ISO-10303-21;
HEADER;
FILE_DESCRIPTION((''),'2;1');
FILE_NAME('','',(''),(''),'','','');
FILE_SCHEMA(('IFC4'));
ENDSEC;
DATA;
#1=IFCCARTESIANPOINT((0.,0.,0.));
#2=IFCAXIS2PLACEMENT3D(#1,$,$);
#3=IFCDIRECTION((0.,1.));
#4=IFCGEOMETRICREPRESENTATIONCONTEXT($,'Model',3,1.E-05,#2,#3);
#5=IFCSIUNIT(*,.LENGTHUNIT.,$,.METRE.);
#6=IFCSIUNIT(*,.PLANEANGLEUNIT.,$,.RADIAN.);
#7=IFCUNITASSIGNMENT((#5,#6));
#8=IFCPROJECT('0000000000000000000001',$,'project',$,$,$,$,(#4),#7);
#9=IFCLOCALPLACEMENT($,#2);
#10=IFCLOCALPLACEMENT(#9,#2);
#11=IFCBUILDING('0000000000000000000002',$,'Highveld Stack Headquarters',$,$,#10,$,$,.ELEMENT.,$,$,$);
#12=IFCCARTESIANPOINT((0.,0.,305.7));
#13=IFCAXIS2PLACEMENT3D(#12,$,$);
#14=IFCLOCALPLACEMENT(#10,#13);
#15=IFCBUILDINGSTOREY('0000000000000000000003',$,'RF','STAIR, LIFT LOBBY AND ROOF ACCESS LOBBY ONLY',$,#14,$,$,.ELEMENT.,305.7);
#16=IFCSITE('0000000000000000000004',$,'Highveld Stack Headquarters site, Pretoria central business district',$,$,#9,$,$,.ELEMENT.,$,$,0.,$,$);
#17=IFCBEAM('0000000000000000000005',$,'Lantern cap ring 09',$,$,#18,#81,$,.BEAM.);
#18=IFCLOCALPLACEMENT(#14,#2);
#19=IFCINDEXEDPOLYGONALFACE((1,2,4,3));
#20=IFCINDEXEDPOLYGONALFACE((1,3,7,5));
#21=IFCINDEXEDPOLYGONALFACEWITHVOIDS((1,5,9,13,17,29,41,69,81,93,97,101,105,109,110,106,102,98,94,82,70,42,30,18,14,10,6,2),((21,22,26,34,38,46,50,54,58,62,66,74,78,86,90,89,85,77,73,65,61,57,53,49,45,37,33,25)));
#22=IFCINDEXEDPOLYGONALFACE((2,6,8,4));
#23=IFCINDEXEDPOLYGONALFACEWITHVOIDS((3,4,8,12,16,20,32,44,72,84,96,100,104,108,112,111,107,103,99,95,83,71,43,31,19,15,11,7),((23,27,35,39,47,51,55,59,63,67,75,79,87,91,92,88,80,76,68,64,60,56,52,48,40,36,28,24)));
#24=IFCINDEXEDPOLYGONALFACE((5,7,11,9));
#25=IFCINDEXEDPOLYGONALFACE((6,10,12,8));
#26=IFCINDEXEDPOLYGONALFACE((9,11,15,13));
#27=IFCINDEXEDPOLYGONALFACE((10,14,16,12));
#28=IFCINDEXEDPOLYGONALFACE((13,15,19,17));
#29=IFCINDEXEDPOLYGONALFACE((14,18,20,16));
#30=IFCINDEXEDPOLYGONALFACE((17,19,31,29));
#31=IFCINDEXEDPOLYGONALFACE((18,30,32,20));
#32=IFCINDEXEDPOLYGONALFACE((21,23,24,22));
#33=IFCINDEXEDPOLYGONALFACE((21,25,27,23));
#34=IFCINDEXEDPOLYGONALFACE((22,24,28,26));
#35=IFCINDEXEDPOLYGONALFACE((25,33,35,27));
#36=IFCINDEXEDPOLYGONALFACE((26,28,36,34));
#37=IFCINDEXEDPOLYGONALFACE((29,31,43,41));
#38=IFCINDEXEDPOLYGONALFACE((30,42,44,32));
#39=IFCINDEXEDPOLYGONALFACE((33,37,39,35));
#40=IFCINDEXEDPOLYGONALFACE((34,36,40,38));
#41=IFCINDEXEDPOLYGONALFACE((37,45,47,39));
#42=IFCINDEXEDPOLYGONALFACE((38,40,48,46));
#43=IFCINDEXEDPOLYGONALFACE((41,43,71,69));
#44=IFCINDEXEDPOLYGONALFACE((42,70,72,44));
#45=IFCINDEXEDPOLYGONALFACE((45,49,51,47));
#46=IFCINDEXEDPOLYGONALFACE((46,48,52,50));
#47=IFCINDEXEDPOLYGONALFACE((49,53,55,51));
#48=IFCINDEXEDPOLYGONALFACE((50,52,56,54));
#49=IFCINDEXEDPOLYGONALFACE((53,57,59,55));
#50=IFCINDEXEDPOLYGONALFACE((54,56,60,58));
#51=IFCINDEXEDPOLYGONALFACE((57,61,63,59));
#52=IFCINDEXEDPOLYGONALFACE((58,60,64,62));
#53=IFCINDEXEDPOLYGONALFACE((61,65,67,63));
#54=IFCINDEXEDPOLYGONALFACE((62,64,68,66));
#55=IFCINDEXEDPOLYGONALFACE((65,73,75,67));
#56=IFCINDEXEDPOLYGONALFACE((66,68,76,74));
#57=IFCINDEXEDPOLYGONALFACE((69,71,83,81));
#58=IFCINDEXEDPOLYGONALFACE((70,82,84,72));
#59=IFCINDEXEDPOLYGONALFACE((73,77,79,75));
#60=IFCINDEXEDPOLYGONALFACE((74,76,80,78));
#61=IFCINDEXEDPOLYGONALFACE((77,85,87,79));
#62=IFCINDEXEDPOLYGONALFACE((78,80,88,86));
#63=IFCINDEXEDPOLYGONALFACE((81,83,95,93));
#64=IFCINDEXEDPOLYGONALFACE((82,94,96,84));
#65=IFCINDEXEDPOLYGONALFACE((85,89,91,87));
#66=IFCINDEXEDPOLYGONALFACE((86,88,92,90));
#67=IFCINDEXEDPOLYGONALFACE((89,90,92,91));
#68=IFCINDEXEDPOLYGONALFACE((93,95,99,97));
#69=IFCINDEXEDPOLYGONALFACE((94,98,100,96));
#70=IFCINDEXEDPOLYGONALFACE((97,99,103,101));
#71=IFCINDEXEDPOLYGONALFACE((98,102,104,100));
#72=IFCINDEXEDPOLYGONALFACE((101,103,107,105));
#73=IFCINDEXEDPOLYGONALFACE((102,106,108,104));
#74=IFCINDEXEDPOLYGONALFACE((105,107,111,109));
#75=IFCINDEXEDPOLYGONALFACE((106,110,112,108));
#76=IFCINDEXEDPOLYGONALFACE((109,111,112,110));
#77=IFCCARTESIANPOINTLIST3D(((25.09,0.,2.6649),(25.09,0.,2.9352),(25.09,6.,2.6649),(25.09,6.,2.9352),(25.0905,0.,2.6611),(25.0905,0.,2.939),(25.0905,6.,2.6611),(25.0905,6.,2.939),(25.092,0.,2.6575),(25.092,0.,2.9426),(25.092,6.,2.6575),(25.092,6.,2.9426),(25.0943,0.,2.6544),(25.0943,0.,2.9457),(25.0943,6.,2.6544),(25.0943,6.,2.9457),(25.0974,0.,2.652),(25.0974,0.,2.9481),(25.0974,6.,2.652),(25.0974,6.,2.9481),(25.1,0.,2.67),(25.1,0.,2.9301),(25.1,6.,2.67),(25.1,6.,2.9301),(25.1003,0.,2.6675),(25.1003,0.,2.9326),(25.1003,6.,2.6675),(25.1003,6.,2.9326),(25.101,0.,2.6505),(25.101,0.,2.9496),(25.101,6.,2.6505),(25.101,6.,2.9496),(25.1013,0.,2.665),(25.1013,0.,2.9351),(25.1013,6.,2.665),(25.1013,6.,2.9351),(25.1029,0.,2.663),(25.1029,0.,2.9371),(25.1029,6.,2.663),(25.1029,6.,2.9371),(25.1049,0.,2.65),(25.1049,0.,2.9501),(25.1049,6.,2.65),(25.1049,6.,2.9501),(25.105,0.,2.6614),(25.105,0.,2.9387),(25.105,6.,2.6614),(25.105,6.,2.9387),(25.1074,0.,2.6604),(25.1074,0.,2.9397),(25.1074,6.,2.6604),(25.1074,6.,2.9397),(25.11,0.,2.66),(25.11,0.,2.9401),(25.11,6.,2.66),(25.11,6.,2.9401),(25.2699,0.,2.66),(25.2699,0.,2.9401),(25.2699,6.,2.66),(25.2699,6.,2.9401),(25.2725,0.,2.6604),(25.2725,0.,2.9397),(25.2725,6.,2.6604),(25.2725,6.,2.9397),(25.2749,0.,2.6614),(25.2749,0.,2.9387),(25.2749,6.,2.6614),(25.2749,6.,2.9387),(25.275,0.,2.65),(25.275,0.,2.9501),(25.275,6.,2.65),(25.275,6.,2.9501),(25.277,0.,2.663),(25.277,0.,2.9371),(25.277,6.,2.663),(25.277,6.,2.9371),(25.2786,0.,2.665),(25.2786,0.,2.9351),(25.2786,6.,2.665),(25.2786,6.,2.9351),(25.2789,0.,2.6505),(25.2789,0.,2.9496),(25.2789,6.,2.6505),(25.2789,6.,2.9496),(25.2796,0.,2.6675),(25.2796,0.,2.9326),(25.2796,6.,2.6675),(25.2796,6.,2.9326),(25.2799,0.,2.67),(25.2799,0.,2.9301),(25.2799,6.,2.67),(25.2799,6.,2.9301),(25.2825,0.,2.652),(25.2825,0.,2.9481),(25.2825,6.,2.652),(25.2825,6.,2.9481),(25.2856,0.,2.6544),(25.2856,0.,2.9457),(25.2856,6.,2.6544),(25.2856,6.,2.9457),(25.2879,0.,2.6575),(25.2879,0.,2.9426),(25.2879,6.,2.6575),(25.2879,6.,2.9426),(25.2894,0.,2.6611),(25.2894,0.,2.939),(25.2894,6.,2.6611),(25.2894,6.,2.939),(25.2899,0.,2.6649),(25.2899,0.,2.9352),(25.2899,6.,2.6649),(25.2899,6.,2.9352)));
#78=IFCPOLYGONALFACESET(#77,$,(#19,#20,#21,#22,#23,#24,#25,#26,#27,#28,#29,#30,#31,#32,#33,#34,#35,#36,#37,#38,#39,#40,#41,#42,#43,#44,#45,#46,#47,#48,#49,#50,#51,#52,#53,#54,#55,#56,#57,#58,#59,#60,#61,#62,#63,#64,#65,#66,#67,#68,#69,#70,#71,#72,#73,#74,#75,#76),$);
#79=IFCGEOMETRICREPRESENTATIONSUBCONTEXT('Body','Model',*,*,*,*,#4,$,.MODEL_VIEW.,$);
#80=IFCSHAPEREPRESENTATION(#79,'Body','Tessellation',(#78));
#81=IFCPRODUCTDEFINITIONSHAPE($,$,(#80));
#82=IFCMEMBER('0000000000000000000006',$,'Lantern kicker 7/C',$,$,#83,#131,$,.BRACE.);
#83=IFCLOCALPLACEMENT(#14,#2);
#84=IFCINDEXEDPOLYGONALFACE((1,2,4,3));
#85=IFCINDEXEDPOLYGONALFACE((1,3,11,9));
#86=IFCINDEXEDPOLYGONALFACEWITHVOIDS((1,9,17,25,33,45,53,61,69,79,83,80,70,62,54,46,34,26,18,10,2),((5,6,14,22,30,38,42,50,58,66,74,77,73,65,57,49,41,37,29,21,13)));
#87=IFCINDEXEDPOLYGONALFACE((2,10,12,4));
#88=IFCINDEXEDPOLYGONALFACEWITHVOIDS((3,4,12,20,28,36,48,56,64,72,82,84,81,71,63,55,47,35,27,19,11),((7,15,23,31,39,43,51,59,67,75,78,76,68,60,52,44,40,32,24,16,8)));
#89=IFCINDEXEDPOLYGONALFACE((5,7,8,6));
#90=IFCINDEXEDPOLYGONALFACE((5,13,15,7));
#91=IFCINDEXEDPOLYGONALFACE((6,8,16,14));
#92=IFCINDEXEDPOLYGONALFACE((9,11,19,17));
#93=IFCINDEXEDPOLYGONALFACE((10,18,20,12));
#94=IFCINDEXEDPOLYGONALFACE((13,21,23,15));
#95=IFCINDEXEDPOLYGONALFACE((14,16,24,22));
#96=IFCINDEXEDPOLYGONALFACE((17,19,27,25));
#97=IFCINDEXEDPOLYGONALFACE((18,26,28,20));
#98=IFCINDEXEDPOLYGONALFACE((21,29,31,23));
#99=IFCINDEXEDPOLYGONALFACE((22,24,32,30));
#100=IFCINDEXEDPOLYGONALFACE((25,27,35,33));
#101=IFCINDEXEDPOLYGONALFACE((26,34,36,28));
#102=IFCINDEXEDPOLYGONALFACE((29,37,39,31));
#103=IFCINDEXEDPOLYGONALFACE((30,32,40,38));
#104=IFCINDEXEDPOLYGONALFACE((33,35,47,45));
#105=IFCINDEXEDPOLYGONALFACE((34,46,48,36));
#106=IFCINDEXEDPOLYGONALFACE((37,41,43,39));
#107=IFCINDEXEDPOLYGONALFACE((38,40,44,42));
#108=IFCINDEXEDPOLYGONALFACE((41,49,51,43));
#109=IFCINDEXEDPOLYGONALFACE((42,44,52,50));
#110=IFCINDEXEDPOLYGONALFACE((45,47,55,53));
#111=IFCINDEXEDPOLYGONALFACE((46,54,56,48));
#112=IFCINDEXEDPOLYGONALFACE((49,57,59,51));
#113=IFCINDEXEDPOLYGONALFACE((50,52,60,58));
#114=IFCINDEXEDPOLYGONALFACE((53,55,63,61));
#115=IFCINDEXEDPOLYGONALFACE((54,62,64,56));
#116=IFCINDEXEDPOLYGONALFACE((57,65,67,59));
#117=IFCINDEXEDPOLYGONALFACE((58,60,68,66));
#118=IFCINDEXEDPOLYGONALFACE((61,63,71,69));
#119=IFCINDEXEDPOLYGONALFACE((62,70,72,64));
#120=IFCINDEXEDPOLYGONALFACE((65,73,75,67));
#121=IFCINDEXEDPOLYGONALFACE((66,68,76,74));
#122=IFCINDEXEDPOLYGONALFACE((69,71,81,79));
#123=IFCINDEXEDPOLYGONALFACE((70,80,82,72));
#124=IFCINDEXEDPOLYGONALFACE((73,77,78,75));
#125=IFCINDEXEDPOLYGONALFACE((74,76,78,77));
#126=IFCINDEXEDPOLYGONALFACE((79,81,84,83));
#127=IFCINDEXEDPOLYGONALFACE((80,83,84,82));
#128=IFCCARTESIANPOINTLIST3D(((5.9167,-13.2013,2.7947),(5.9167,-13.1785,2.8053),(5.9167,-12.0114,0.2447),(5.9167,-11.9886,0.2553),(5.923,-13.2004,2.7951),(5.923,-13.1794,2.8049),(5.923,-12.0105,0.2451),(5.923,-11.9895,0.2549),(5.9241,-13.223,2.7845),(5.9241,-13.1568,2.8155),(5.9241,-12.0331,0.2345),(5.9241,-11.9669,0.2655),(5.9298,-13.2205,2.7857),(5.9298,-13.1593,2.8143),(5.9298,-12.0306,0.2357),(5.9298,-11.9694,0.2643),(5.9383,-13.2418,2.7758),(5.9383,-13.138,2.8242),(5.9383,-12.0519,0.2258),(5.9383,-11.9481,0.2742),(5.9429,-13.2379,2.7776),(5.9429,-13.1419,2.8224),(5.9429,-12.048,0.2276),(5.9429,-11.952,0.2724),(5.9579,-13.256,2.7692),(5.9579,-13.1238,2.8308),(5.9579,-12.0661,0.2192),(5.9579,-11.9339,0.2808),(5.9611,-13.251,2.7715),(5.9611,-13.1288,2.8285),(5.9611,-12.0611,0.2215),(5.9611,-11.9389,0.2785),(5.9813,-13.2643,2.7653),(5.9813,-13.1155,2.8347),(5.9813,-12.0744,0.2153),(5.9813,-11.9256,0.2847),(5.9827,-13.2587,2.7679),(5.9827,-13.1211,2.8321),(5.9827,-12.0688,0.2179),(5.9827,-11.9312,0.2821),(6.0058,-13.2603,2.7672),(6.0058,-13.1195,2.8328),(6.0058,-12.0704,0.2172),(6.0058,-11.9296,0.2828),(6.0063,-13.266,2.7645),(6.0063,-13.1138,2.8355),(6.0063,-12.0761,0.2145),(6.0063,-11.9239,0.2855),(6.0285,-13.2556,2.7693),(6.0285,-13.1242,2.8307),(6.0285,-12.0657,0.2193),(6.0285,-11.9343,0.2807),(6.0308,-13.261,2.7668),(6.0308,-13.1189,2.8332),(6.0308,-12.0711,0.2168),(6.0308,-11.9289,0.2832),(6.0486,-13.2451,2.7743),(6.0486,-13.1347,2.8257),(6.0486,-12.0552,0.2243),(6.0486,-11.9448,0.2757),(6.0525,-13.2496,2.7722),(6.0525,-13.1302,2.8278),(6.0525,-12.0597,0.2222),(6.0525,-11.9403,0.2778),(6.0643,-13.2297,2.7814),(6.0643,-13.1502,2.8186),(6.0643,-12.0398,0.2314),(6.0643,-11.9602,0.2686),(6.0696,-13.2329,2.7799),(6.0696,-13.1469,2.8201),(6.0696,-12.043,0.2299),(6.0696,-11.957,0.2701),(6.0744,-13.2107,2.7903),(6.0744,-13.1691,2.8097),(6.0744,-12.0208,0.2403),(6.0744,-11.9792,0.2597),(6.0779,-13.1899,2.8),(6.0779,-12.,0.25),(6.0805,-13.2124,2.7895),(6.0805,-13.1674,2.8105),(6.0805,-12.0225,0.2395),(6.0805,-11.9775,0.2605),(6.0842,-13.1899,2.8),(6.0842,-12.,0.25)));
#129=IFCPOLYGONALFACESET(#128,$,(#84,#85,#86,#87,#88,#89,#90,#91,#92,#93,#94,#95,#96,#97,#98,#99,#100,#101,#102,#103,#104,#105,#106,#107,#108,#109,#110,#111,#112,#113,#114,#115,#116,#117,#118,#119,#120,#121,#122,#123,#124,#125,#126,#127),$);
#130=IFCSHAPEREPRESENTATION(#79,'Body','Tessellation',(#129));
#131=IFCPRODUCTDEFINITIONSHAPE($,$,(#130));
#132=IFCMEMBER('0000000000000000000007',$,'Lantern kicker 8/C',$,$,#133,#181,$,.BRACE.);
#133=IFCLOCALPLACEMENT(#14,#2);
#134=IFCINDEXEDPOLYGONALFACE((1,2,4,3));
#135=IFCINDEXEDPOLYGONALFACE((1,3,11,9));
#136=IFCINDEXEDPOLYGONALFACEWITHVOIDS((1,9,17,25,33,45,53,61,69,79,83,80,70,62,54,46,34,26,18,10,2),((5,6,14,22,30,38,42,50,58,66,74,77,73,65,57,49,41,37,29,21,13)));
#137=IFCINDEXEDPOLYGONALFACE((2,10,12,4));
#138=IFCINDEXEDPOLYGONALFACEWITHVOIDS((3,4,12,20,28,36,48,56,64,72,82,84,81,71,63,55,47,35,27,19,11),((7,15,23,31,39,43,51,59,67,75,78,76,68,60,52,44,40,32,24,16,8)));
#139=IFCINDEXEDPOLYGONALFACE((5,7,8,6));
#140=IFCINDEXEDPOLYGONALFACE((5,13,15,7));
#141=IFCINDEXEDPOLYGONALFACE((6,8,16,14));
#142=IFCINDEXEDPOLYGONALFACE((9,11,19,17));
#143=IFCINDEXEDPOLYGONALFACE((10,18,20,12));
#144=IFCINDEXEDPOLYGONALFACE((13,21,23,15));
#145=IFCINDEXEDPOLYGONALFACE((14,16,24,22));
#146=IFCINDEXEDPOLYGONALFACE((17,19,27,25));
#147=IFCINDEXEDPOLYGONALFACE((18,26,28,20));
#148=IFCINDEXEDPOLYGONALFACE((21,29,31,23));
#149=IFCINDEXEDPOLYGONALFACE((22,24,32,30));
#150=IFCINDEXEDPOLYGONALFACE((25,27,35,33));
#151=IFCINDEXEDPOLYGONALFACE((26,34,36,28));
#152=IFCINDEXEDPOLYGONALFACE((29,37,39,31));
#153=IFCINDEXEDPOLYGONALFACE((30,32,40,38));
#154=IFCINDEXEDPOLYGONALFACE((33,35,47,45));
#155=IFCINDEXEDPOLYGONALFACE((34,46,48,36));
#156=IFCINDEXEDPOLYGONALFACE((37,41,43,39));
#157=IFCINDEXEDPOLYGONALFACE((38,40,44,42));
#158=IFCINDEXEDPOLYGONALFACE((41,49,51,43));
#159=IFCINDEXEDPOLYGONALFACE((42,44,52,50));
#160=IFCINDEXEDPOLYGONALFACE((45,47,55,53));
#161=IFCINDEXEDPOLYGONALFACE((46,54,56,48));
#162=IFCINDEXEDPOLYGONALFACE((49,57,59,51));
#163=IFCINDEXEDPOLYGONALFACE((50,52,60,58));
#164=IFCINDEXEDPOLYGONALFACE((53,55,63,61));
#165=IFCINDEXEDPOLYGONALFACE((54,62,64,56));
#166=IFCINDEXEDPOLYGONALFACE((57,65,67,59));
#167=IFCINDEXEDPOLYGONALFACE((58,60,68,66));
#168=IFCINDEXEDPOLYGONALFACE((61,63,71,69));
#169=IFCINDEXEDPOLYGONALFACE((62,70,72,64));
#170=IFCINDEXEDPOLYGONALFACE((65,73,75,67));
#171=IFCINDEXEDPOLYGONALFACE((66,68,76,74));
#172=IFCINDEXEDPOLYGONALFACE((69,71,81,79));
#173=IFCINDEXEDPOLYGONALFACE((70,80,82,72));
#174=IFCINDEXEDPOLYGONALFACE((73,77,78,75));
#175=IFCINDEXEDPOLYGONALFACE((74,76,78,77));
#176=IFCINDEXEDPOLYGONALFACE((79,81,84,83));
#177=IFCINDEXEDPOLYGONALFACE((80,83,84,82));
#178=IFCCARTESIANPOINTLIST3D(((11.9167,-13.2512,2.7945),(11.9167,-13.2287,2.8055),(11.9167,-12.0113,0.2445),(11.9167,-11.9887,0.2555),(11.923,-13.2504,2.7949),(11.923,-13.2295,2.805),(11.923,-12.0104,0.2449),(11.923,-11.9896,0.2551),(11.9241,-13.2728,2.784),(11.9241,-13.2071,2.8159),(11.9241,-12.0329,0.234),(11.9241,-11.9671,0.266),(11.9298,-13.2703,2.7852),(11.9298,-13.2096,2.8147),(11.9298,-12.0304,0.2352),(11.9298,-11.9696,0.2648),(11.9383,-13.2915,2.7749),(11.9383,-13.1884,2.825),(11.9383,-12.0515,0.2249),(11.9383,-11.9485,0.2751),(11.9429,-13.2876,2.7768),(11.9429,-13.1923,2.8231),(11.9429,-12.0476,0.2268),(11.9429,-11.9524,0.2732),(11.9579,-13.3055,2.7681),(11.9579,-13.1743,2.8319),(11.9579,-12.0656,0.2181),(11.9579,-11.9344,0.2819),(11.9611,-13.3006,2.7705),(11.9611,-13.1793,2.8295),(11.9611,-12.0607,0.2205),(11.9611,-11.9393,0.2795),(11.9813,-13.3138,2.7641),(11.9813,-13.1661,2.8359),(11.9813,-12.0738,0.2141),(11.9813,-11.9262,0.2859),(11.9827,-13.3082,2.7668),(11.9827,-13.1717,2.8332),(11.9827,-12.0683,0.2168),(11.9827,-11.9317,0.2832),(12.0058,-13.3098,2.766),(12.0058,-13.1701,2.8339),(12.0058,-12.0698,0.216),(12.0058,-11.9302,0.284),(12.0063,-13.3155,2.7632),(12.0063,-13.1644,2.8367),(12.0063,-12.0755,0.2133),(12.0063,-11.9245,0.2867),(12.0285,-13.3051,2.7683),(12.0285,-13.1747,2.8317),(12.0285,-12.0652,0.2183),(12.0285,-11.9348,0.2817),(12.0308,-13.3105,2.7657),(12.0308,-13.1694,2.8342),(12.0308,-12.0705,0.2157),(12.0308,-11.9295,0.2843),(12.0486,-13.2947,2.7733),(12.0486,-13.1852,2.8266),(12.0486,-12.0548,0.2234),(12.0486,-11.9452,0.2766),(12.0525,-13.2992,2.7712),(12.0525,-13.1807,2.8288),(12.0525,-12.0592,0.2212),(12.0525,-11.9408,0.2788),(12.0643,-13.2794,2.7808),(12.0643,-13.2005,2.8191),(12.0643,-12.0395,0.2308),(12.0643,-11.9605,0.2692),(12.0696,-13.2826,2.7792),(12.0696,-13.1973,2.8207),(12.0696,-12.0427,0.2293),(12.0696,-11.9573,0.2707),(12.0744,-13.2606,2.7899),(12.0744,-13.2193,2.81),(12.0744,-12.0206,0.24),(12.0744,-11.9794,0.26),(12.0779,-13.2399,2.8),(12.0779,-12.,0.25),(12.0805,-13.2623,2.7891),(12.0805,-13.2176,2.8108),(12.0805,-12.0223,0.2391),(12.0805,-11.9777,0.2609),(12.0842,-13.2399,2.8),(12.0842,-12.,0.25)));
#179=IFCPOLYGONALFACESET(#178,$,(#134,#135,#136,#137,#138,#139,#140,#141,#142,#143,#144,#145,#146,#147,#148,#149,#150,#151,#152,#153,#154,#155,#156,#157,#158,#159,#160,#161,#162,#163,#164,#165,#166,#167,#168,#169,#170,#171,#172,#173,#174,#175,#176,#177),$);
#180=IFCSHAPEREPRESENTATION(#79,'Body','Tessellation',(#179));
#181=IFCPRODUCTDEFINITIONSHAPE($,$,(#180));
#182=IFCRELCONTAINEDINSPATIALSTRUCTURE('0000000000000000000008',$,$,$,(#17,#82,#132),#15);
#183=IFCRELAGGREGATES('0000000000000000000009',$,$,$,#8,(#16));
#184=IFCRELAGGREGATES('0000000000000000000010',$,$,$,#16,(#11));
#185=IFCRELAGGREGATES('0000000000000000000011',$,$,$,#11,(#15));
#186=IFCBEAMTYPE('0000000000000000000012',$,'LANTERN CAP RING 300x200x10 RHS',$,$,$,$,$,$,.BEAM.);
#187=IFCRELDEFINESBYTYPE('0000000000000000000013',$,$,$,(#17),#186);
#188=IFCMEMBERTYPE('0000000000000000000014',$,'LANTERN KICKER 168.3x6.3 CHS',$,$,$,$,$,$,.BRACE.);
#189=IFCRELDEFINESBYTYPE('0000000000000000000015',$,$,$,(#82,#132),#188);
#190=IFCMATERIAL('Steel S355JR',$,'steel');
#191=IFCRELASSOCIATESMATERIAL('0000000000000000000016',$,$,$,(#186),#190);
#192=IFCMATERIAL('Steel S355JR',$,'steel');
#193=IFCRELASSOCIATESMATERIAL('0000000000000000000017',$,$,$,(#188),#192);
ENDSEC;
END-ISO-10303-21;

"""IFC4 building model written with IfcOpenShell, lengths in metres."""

from ifc_helpers import new_model, si_unit, direction, frame, origin, origin_2d, place, context, subcontext, project, spatial, hollow_rectangle, hollow_circle, extrude, material, material_profile, profile_set, type_object, element, save


model = new_model("IFC4")

# Units and contexts
model_context = context("Model", 3, precision=1e-05, world=origin(), true_north=direction((0.0, 1.0)))
body_context = subcontext(model_context, "Body", "Model", "MODEL_VIEW")
ifc_project = project(units=[si_unit("LENGTHUNIT", "METRE"), si_unit("PLANEANGLEUNIT", "RADIAN")], contexts=[model_context])

# Site, building, storey
site_placement = place(None, origin())
site = spatial("IfcSite", under=ifc_project, at=site_placement, Name="Highveld Stack Headquarters site, Pretoria central business district", CompositionType="ELEMENT", RefElevation=0.0)
building_placement = place(site_placement, origin())
building = spatial("IfcBuilding", under=site, at=building_placement, Name="Highveld Stack Headquarters", CompositionType="ELEMENT")
storey_placement = place(building_placement, frame((0.0, 0.0, 305.7)))
storey = spatial("IfcBuildingStorey", under=building, at=storey_placement, Name="RF", Description="STAIR, LIFT LOBBY AND ROOF ACCESS LOBBY ONLY", CompositionType="ELEMENT", Elevation=305.7)

# Beam
ifc_material_1 = material(Name="Steel S355JR", Category="steel")
ifc_material_profile_1 = material_profile(ifc_material_1, hollow_rectangle(XDim=0.2, YDim=0.3, WallThickness=0.01, InnerFilletRadius=0.01, OuterFilletRadius=0.0149, at=origin_2d()), Name="300x200x10 RHS")
ifc_profile_set_1 = profile_set([ifc_material_profile_1], Name="Steel S355JR")
beam_type_1 = type_object("IfcBeamType", Name="LANTERN CAP RING 300x200x10 RHS", PredefinedType="BEAM", material=ifc_profile_set_1)
for number, where, z_axis, x_axis, name in (
    (1, (25.1899, 0.0, 2.8), (0.0, 1.0, 0.0), (-1.0, 0.0, 0.0), "Lantern cap ring 09"),
):
    element("IfcBeam", number, at=place(storey_placement, frame(where, z_axis=z_axis, x_axis=x_axis)), inside=storey, type_object=beam_type_1, Name=name, PredefinedType="BEAM", context=body_context, shape_type="SweptSolid", body=[
        extrude(hollow_rectangle(XDim=0.2, YDim=0.3, WallThickness=0.01, InnerFilletRadius=0.01, OuterFilletRadius=0.0149, at=origin_2d()), origin(), (0.0, 0.0, 1.0), 6.0),
    ])

# Members
ifc_material_2 = material(Name="Steel S355JR", Category="steel")
ifc_material_profile_2 = material_profile(ifc_material_2, hollow_circle(Radius=0.0842, WallThickness=0.0063, at=origin_2d()), Name="168.3x6.3 CHS")
ifc_profile_set_2 = profile_set([ifc_material_profile_2], Name="Steel S355JR")
member_type = type_object("IfcMemberType", Name="LANTERN KICKER 168.3x6.3 CHS", PredefinedType="BRACE", material=ifc_profile_set_2)
member_placement = place(storey_placement, frame((6.0, -12.0, 0.25), z_axis=(0.0, -0.422862, 0.906194), x_axis=(1.0, 0.0, 0.0)))
element("IfcMember", 2, at=member_placement, inside=storey, type_object=member_type, Name="Lantern kicker 7/C", PredefinedType="BRACE", context=body_context, shape_type="SweptSolid", body=[
    extrude(hollow_circle(Radius=0.0842, WallThickness=0.0063, at=origin_2d()), origin(), (0.0, 0.0, 1.0), 2.814),
])
for number, where, z_axis, x_axis, name in (
    (3, (12.0, -12.0, 0.25), (0.0, -0.437302, 0.899315), (1.0, 0.0, 0.0), "Lantern kicker 8/C"),
):
    element("IfcMember", number, at=place(storey_placement, frame(where, z_axis=z_axis, x_axis=x_axis)), inside=storey, type_object=member_type, Name=name, PredefinedType="BRACE", context=body_context, shape_type="SweptSolid", body=[
        extrude(hollow_circle(Radius=0.0842, WallThickness=0.0063, at=origin_2d()), origin(), (0.0, 0.0, 1.0), 2.8354),
    ])

save(model, "model.ifc")
